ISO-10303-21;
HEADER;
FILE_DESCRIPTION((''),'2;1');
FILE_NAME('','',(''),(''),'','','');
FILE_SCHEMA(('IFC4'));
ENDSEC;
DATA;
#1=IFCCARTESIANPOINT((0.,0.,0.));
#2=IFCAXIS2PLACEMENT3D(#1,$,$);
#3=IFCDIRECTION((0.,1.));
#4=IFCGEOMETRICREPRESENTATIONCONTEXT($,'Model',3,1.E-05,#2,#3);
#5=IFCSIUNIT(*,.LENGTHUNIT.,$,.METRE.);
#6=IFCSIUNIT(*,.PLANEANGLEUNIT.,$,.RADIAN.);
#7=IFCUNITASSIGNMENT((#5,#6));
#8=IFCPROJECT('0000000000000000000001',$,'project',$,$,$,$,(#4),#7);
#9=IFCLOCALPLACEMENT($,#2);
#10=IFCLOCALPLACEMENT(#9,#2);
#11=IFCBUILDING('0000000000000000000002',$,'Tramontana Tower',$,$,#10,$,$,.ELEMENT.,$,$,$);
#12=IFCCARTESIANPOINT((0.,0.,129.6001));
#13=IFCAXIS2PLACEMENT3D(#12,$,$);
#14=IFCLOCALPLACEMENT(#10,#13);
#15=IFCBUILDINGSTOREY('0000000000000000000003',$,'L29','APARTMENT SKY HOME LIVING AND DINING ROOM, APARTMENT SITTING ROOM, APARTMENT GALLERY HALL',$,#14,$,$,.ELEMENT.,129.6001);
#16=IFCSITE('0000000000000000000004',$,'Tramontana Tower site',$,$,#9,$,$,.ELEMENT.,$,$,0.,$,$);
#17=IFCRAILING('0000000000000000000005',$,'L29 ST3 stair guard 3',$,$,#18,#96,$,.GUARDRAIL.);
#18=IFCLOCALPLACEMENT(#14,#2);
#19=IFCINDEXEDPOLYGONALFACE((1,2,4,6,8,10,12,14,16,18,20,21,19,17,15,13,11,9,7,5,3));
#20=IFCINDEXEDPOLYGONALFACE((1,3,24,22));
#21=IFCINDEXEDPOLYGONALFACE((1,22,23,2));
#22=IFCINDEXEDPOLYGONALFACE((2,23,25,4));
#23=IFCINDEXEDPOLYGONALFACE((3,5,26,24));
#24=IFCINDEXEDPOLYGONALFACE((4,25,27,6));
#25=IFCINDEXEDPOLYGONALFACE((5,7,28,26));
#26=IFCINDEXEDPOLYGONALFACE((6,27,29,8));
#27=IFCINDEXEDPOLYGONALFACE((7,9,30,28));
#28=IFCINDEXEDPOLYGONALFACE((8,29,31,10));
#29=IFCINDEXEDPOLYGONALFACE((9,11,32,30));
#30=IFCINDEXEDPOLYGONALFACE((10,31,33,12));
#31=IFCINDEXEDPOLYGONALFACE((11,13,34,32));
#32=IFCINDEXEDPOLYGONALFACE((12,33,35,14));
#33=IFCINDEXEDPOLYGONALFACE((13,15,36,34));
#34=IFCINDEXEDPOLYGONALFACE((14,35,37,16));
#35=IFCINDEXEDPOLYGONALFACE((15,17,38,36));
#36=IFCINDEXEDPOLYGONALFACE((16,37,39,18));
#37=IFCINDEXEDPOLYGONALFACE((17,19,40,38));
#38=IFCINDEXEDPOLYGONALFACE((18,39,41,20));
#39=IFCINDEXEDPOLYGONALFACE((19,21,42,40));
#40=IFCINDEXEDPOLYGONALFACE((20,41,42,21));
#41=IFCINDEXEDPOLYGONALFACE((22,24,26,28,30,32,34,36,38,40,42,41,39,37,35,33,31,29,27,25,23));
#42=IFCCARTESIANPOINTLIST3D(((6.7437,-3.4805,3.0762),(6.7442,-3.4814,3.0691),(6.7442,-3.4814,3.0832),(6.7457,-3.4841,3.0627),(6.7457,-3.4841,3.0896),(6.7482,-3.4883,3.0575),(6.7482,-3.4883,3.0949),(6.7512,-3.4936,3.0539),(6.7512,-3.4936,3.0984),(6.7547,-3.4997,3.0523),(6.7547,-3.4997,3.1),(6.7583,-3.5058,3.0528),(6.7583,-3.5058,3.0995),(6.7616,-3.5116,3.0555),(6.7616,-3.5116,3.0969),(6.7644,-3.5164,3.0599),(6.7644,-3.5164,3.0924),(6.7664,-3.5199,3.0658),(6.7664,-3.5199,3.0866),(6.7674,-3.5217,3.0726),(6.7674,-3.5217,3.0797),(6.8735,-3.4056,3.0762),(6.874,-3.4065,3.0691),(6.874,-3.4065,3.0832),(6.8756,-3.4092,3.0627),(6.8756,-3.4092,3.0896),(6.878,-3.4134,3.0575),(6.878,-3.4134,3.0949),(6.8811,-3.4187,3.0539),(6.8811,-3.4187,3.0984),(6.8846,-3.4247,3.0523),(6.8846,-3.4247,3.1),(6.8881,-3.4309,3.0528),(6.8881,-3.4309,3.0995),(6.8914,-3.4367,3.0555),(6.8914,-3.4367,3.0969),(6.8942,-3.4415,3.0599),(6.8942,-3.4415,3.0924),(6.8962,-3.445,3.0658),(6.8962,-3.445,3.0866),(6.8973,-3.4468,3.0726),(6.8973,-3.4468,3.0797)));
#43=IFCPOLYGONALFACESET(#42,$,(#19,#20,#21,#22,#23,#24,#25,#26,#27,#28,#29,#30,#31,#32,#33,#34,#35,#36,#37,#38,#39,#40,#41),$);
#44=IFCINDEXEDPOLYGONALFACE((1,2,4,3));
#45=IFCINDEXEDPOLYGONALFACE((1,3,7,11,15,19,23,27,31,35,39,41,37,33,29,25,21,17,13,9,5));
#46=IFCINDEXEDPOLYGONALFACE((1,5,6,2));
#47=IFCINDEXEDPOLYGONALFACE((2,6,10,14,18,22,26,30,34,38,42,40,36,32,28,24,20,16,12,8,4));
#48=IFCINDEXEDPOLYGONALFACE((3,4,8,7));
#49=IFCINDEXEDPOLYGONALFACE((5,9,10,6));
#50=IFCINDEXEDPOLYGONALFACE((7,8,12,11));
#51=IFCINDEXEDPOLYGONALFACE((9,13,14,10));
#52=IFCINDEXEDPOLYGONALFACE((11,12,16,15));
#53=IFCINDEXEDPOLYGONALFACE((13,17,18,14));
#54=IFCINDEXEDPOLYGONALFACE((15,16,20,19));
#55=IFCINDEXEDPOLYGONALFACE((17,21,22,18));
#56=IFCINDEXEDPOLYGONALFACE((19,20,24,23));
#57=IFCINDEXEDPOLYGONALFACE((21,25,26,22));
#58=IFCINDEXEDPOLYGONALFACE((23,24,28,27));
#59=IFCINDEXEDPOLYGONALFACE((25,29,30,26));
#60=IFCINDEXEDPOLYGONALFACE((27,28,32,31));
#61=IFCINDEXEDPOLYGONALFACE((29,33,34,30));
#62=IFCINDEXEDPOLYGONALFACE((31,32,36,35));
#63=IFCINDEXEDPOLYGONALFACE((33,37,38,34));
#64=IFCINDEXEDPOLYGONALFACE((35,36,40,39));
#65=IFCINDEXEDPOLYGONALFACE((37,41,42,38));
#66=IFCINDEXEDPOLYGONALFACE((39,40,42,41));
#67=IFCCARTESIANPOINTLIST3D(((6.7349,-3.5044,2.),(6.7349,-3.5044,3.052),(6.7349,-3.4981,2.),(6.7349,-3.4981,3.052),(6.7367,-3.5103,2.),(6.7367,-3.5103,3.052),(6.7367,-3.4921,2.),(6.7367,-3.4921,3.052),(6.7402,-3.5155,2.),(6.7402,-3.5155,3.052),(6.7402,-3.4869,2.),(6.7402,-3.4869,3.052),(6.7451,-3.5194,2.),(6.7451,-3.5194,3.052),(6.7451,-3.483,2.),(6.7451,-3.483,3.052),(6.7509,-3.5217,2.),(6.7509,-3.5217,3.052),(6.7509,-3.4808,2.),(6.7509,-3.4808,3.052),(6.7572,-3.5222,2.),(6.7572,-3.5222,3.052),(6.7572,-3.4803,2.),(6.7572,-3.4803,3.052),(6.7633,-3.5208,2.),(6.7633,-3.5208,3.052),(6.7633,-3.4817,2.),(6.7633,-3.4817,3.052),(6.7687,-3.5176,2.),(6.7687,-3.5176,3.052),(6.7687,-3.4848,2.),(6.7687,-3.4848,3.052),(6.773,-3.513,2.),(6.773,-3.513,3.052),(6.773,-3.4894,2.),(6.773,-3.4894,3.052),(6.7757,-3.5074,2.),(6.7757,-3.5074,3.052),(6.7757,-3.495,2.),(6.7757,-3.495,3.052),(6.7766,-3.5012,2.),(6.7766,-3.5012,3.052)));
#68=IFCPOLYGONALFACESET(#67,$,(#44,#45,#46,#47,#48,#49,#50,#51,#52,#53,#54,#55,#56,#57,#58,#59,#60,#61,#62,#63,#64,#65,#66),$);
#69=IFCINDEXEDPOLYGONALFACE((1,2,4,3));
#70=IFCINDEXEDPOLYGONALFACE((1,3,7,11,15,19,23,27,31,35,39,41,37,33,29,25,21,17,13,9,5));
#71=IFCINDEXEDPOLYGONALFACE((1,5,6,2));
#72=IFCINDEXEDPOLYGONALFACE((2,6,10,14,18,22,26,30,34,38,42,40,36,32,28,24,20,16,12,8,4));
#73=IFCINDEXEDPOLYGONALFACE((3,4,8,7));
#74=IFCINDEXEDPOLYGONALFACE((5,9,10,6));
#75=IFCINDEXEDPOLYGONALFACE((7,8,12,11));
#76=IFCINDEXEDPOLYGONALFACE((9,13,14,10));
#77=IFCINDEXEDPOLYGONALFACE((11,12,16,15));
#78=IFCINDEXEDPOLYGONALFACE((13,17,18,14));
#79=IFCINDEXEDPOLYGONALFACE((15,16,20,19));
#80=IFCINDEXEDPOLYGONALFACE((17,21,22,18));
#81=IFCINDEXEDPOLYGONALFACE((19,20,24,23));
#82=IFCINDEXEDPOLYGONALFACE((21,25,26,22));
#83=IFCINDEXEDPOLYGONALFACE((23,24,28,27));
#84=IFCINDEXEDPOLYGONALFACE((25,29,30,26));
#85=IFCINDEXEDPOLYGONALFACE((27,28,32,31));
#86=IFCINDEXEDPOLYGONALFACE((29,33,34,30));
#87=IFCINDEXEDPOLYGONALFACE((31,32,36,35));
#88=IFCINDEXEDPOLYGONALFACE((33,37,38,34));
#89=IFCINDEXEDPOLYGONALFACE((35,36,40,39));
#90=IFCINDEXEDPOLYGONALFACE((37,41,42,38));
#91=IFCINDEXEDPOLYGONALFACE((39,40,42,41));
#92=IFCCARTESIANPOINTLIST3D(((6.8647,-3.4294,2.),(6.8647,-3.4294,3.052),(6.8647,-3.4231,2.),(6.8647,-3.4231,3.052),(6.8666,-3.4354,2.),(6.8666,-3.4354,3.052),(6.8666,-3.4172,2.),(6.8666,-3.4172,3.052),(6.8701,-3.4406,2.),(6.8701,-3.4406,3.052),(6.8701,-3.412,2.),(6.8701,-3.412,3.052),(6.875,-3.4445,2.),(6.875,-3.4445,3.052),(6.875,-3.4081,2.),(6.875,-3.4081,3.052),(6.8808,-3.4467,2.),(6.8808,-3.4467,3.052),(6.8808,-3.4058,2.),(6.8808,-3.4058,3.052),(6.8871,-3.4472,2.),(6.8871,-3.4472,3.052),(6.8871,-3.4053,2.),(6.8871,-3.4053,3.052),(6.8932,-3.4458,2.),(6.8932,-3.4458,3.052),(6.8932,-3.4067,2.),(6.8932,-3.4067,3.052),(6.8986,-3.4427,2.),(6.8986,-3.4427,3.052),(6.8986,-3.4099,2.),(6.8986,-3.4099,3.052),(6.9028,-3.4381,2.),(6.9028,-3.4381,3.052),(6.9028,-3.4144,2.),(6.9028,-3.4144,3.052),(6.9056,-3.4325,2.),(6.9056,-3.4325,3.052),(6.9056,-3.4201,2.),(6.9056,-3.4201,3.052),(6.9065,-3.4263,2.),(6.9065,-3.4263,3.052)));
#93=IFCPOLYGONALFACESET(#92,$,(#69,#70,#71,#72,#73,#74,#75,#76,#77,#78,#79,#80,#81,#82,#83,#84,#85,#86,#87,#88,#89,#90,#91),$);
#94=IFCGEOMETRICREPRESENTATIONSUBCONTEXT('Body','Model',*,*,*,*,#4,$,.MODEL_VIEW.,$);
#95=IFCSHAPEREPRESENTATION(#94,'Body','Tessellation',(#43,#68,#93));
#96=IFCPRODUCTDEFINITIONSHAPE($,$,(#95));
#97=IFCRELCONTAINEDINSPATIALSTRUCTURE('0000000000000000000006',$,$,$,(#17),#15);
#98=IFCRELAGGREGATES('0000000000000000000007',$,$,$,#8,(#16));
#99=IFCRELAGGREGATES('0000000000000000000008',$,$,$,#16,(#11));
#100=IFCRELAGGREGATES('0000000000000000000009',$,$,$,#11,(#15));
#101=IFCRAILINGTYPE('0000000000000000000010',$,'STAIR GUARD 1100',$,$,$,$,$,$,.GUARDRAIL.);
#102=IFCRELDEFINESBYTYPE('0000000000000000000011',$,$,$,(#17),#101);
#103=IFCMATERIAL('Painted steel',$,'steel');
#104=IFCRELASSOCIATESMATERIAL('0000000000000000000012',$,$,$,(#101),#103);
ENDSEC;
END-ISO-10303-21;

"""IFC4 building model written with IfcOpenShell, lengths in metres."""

from ifc_helpers import new_model, si_unit, direction, frame, origin, origin_2d, place, context, subcontext, project, spatial, circle, extrude, material, type_object, element, save


model = new_model("IFC4")

# Units and contexts
model_context = context("Model", 3, precision=1e-05, world=origin(), true_north=direction((0.0, 1.0)))
body_context = subcontext(model_context, "Body", "Model", "MODEL_VIEW")
ifc_project = project(units=[si_unit("LENGTHUNIT", "METRE"), si_unit("PLANEANGLEUNIT", "RADIAN")], contexts=[model_context])

# Site, building, storey
site_placement = place(None, origin())
site = spatial("IfcSite", under=ifc_project, at=site_placement, Name="Tramontana Tower site", CompositionType="ELEMENT", RefElevation=0.0)
building_placement = place(site_placement, origin())
building = spatial("IfcBuilding", under=site, at=building_placement, Name="Tramontana Tower", CompositionType="ELEMENT")
storey_placement = place(building_placement, frame((0.0, 0.0, 129.6001)))
storey = spatial("IfcBuildingStorey", under=building, at=storey_placement, Name="L29", Description="APARTMENT SKY HOME LIVING AND DINING ROOM, APARTMENT SITTING ROOM, APARTMENT GALLERY HALL", CompositionType="ELEMENT", Elevation=129.6001)

# Railing
ifc_material_1 = material(Name="Painted steel", Category="steel")
railing_type_1 = type_object("IfcRailingType", Name="STAIR GUARD 1100", PredefinedType="GUARDRAIL", material=ifc_material_1)
railing_1_placement = place(storey_placement, frame((6.7556, -3.5012, 2.0)))
element("IfcRailing", 1, at=railing_1_placement, inside=storey, type_object=railing_type_1, Name="L29 ST3 stair guard 3", PredefinedType="GUARDRAIL", context=body_context, shape_type="SweptSolid", body=[
    extrude(circle(Radius=0.0239, at=origin_2d()), frame((0.0, 0.0, 1.0762), z_axis=(0.866131, 0.499816, 0.0), x_axis=(-0.499816, 0.866131, 0.0)), (0.0, 0.0, 1.0), 0.1499),
    extrude(circle(Radius=0.021, at=origin_2d()), origin(), (0.0, 0.0, 1.0), 1.052),
    extrude(circle(Radius=0.021, at=origin_2d()), frame((0.1299, 0.075, 0.0)), (0.0, 0.0, 1.0), 1.052),
])

save(model, "model.ifc")
